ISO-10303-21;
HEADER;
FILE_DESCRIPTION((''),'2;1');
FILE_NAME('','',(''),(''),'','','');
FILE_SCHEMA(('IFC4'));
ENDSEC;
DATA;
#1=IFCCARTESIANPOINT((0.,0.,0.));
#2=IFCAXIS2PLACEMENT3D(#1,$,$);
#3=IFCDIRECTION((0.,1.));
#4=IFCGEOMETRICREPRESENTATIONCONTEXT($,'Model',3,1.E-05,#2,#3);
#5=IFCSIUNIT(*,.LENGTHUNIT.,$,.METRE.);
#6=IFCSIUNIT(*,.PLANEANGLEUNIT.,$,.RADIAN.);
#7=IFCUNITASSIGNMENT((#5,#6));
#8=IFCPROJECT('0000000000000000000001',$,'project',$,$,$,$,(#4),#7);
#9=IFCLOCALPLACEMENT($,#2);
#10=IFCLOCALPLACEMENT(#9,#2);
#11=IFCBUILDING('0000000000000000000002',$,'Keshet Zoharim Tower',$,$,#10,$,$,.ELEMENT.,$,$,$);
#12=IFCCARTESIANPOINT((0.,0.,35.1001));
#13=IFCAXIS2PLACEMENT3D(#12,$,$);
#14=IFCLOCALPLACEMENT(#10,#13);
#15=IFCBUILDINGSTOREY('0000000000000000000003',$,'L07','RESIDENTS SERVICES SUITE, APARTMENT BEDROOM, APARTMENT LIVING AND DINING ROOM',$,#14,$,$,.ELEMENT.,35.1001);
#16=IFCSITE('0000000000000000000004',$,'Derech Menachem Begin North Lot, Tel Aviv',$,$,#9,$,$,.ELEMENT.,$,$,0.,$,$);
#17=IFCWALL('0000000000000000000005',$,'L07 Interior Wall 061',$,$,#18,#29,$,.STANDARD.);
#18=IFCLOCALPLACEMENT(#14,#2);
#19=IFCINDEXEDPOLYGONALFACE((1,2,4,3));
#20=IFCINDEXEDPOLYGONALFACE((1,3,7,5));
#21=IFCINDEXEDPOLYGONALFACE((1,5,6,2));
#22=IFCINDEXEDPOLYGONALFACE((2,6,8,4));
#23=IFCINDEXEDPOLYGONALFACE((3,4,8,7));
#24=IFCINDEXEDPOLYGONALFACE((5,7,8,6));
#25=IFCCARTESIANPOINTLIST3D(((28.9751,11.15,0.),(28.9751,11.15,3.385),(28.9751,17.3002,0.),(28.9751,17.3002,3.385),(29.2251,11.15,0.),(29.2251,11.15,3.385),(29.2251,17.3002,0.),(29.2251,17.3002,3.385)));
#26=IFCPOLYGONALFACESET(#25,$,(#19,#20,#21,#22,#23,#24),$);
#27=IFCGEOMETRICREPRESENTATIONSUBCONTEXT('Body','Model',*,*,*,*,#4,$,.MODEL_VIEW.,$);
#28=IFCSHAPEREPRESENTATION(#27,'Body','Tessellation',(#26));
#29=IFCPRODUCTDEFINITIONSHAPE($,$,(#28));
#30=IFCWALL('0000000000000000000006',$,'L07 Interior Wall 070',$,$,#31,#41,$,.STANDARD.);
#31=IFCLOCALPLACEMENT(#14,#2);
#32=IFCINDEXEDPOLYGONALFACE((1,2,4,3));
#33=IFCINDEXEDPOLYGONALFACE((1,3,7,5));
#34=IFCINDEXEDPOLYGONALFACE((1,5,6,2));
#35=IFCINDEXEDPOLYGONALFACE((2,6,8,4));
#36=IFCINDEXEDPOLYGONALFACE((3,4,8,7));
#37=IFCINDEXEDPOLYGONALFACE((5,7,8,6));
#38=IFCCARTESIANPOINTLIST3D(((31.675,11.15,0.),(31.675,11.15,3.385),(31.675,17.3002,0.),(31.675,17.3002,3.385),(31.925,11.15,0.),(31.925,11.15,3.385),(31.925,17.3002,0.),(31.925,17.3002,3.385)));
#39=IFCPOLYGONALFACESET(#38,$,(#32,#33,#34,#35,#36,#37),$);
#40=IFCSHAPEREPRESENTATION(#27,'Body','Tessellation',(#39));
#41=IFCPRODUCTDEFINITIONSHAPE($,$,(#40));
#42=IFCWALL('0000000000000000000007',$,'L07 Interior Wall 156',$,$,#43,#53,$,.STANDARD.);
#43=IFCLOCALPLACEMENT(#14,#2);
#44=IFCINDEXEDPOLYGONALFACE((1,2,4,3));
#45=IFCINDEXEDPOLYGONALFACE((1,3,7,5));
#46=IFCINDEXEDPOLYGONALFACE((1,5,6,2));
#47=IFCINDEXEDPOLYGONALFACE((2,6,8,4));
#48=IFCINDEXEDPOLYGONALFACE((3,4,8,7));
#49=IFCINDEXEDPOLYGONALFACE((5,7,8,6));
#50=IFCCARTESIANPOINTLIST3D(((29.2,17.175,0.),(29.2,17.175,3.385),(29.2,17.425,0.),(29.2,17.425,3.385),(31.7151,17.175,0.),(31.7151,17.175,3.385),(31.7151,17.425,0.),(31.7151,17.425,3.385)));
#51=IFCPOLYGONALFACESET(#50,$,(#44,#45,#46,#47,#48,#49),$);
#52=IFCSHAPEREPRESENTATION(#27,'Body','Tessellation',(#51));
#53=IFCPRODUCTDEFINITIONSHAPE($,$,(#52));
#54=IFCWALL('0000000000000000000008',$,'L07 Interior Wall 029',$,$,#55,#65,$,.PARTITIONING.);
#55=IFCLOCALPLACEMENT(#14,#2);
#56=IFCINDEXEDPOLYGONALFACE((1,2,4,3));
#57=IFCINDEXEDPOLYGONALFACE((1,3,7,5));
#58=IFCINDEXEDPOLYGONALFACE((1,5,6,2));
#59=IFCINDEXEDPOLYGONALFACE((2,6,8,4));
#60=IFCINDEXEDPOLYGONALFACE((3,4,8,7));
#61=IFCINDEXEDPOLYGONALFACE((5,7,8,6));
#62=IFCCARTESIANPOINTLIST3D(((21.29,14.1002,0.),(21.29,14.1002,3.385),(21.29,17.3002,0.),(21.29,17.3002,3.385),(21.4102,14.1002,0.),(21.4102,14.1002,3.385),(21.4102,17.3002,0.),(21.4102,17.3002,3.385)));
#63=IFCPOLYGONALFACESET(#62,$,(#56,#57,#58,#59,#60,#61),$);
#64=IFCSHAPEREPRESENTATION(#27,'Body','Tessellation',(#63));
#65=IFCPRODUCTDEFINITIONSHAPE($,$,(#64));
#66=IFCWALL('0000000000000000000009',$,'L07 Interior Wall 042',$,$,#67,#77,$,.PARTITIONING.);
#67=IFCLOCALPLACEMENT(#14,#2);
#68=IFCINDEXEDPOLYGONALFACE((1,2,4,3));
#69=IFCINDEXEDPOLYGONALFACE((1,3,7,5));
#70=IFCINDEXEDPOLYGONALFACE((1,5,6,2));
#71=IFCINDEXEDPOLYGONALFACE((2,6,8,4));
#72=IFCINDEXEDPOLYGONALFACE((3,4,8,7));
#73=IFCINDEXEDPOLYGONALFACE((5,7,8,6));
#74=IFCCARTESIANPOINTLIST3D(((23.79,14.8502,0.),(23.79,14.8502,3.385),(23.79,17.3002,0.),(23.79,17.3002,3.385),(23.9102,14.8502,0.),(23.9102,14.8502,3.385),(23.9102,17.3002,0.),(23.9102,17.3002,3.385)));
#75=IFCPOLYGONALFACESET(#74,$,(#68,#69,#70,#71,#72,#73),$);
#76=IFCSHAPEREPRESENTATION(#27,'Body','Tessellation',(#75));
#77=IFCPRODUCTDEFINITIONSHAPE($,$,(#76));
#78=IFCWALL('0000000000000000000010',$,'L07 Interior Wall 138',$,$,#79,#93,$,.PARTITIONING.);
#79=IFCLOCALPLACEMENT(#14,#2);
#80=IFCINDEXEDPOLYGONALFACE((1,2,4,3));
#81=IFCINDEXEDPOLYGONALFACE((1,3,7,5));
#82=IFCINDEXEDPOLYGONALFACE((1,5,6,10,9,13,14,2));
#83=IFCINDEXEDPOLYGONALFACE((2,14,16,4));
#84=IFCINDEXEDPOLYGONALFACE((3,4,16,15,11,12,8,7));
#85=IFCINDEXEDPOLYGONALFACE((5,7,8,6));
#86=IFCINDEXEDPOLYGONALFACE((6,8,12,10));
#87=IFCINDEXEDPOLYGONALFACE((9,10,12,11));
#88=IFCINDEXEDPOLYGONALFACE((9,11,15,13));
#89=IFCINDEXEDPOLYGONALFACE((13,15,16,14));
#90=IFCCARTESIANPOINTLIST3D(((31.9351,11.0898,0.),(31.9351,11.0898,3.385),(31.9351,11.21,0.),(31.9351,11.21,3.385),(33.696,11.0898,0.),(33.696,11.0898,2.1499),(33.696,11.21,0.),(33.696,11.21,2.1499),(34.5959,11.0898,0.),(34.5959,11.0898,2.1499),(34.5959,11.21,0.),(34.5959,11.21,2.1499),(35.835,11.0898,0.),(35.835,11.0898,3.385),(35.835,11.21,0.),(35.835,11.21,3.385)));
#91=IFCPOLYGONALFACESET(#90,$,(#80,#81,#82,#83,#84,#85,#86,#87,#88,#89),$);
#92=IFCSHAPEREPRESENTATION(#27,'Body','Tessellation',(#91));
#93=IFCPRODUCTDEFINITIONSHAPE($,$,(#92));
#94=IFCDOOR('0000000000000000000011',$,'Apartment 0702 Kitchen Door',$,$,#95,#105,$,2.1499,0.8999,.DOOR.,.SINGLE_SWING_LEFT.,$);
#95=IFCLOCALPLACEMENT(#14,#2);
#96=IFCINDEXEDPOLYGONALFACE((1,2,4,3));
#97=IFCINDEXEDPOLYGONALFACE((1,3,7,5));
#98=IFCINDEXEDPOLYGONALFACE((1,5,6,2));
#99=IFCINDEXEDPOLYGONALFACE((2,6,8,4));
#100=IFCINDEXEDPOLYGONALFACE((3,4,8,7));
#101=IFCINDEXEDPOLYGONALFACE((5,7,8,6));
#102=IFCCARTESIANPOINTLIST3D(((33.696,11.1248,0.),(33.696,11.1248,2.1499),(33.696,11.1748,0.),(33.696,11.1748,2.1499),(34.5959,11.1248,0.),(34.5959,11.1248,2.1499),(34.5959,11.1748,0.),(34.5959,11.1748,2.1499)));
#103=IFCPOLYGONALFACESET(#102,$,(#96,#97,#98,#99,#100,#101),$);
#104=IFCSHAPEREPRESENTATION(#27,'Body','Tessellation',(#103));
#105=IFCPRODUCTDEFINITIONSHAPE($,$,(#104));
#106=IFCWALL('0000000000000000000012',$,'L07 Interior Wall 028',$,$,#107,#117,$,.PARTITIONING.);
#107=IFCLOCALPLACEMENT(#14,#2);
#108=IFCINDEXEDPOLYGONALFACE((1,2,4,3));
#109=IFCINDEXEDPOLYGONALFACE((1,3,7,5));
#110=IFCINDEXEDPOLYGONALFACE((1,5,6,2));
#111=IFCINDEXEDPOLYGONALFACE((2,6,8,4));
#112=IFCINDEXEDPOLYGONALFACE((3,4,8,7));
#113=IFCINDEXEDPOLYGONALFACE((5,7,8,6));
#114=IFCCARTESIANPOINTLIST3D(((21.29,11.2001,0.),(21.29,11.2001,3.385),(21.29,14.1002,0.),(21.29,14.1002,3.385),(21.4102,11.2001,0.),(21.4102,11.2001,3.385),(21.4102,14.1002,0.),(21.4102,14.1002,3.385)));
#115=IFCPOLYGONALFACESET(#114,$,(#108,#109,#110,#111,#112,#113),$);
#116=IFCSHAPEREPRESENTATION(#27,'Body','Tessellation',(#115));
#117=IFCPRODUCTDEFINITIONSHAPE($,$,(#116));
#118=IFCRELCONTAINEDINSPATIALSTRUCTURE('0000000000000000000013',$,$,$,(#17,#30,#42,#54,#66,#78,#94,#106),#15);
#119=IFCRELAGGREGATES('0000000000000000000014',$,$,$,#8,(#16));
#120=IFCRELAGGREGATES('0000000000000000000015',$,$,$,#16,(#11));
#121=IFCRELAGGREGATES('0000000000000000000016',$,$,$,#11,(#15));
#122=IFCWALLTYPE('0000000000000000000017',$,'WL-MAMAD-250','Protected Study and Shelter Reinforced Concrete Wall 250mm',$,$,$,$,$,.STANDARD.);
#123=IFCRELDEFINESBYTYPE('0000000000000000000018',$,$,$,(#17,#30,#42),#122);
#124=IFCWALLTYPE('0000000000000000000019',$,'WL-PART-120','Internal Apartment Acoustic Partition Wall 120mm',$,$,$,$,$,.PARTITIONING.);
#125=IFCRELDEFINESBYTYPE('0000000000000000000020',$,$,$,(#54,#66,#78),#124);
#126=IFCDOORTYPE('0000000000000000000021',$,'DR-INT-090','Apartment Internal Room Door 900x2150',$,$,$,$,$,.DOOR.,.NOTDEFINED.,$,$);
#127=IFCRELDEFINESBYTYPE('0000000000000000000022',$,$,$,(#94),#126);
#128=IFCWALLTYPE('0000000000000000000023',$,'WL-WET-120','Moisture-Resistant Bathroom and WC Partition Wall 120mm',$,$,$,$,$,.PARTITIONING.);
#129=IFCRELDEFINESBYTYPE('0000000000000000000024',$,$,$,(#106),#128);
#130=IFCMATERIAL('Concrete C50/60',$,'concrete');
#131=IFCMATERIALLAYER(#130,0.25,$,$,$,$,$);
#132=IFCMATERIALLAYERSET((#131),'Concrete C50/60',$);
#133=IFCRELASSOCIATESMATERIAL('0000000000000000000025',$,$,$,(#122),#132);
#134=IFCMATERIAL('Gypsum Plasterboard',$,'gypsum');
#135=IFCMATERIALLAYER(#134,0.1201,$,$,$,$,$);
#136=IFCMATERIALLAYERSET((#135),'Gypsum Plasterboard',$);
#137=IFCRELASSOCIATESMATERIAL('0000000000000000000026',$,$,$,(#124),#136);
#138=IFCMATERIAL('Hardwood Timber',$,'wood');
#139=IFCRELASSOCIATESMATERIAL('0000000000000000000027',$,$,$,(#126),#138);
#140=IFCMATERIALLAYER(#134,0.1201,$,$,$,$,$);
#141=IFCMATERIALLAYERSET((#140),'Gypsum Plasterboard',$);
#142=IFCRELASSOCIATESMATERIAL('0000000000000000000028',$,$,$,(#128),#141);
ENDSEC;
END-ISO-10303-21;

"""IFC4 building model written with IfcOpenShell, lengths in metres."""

from ifc_helpers import new_model, si_unit, direction, frame, frame_2d, origin, place, context, subcontext, project, spatial, rectangle, extrude, material, layer, layer_set, type_object, element, fill, save


model = new_model("IFC4")

# Units and contexts
model_context = context("Model", 3, precision=1e-05, world=origin(), true_north=direction((0.0, 1.0)))
body_context = subcontext(model_context, "Body", "Model", "MODEL_VIEW")
ifc_project = project(units=[si_unit("LENGTHUNIT", "METRE"), si_unit("PLANEANGLEUNIT", "RADIAN")], contexts=[model_context])

# Site, building, storey
site_placement = place(None, origin())
site = spatial("IfcSite", under=ifc_project, at=site_placement, Name="Derech Menachem Begin North Lot, Tel Aviv", CompositionType="ELEMENT", RefElevation=0.0)
building_placement = place(site_placement, origin())
building = spatial("IfcBuilding", under=site, at=building_placement, Name="Keshet Zoharim Tower", CompositionType="ELEMENT")
storey_placement = place(building_placement, frame((0.0, 0.0, 35.1001)))
storey = spatial("IfcBuildingStorey", under=building, at=storey_placement, Name="L07", Description="RESIDENTS SERVICES SUITE, APARTMENT BEDROOM, APARTMENT LIVING AND DINING ROOM", CompositionType="ELEMENT", Elevation=35.1001)

# Shared definitions
ifc_material_1 = material(Name="Gypsum Plasterboard", Category="gypsum")

# Shared definitions
ifc_material_2 = material(Name="Hardwood Timber", Category="wood")

# Walls
ifc_material_3 = material(Name="Concrete C50/60", Category="concrete")
ifc_layer_1 = layer(ifc_material_3, 0.25)
ifc_layer_set_1 = layer_set([ifc_layer_1], Name="Concrete C50/60")
wall_type_1 = type_object("IfcWallType", Name="WL-MAMAD-250", Description="Protected Study and Shelter Reinforced Concrete Wall 250mm", PredefinedType="STANDARD", material=ifc_layer_set_1)
for number, where, z_axis, x_axis, name in (
    (1, (29.1001, 11.1499, 0.0), (0.0, 0.0, 1.0), (0.0, 1.0, 0.0), "L07 Interior Wall 061"),
    (2, (31.8, 11.1499, 0.0), (0.0, 0.0, 1.0), (0.0, 1.0, 0.0), "L07 Interior Wall 070"),
):
    element("IfcWall", number, at=place(storey_placement, frame(where, z_axis=z_axis, x_axis=x_axis)), inside=storey, type_object=wall_type_1, Name=name, PredefinedType="STANDARD", context=body_context, shape_type="SweptSolid", body=[
        extrude(rectangle(XDim=6.1501, YDim=0.25, at=frame_2d((3.0752, 0.0))), origin(), (0.0, 0.0, 1.0), 3.385),
    ])

# Walls
wall_1_placement = place(storey_placement, frame((29.2, 17.3, 0.0), z_axis=(0.0, 0.0, 1.0), x_axis=(1.0, 0.0, 0.0)))
element("IfcWall", 3, at=wall_1_placement, inside=storey, type_object=wall_type_1, Name="L07 Interior Wall 156", PredefinedType="STANDARD", context=body_context, shape_type="SweptSolid", body=[
    extrude(rectangle(XDim=2.5151, YDim=0.25, at=frame_2d((1.2576, 0.0))), origin(), (0.0, 0.0, 1.0), 3.385),
])
ifc_layer_2 = layer(ifc_material_1, 0.1201)
ifc_layer_set_2 = layer_set([ifc_layer_2], Name="Gypsum Plasterboard")
wall_type_2 = type_object("IfcWallType", Name="WL-PART-120", Description="Internal Apartment Acoustic Partition Wall 120mm", PredefinedType="PARTITIONING", material=ifc_layer_set_2)
wall_2_placement = place(storey_placement, frame((21.3501, 14.1001, 0.0), z_axis=(0.0, 0.0, 1.0), x_axis=(0.0, 1.0, 0.0)))
element("IfcWall", 4, at=wall_2_placement, inside=storey, type_object=wall_type_2, Name="L07 Interior Wall 029", PredefinedType="PARTITIONING", context=body_context, shape_type="SweptSolid", body=[
    extrude(rectangle(XDim=3.2, YDim=0.1201, at=frame_2d((1.6001, 0.0))), origin(), (0.0, 0.0, 1.0), 3.385),
])
wall_3_placement = place(storey_placement, frame((23.8501, 14.8501, 0.0), z_axis=(0.0, 0.0, 1.0), x_axis=(0.0, 1.0, 0.0)))
element("IfcWall", 5, at=wall_3_placement, inside=storey, type_object=wall_type_2, Name="L07 Interior Wall 042", PredefinedType="PARTITIONING", context=body_context, shape_type="SweptSolid", body=[
    extrude(rectangle(XDim=2.45, YDim=0.1201, at=frame_2d((1.2251, 0.0))), origin(), (0.0, 0.0, 1.0), 3.385),
])

# Shared definitions
door_type_1 = type_object("IfcDoorType", Name="DR-INT-090", Description="Apartment Internal Room Door 900x2150", OperationType="NOTDEFINED", PredefinedType="DOOR", material=ifc_material_2)

# Wall, opening, door
wall_4_placement = place(storey_placement, frame((31.9351, 11.1499, 0.0), z_axis=(0.0, 0.0, 1.0), x_axis=(1.0, 0.0, 0.0)))
wall_4 = element("IfcWall", 6, at=wall_4_placement, inside=storey, type_object=wall_type_2, Name="L07 Interior Wall 138", PredefinedType="PARTITIONING", context=body_context, shape_type="SweptSolid", body=[
    extrude(rectangle(XDim=3.8999, YDim=0.1201, at=frame_2d((1.95, 0.0))), origin(), (0.0, 0.0, 1.0), 3.385),
])
opening_1_placement = place(wall_4_placement, frame((1.761, 0.0, 0.0)))
opening_1 = element("IfcOpeningElement", 7, at=opening_1_placement, cuts=wall_4, PredefinedType="OPENING", context=body_context, shape_type="SweptSolid", body=[
    extrude(rectangle(XDim=0.8999, YDim=2.1499, at=frame_2d((0.45, 1.075))), frame((0.0, 0.0701, 0.0), z_axis=(0.0, -1.0, 0.0), x_axis=(1.0, 0.0, 0.0)), (0.0, 0.0, 1.0), 0.1401),
])
door_1_placement = place(opening_1_placement, origin())
door_1 = element("IfcDoor", 8, at=door_1_placement, inside=storey, type_object=door_type_1, Name="Apartment 0702 Kitchen Door", OperationType="SINGLE_SWING_LEFT", OverallHeight=2.1499, OverallWidth=0.8999, PredefinedType="DOOR", context=body_context, shape_type="SweptSolid", body=[
    extrude(rectangle(XDim=0.8999, YDim=2.1499, at=frame_2d((0.45, 1.075))), frame((0.0, 0.0249, 0.0), z_axis=(0.0, -1.0, 0.0), x_axis=(1.0, 0.0, 0.0)), (0.0, 0.0, 1.0), 0.05),
])
fill(opening_1, door_1)

# Wall
ifc_layer_3 = layer(ifc_material_1, 0.1201)
ifc_layer_set_3 = layer_set([ifc_layer_3], Name="Gypsum Plasterboard")
wall_type_3 = type_object("IfcWallType", Name="WL-WET-120", Description="Moisture-Resistant Bathroom and WC Partition Wall 120mm", PredefinedType="PARTITIONING", material=ifc_layer_set_3)
wall_5_placement = place(storey_placement, frame((21.3501, 11.2, 0.0), z_axis=(0.0, 0.0, 1.0), x_axis=(0.0, 1.0, 0.0)))
element("IfcWall", 9, at=wall_5_placement, inside=storey, type_object=wall_type_3, Name="L07 Interior Wall 028", PredefinedType="PARTITIONING", context=body_context, shape_type="SweptSolid", body=[
    extrude(rectangle(XDim=2.9001, YDim=0.1201, at=frame_2d((1.4502, 0.0))), origin(), (0.0, 0.0, 1.0), 3.385),
])

save(model, "model.ifc")
